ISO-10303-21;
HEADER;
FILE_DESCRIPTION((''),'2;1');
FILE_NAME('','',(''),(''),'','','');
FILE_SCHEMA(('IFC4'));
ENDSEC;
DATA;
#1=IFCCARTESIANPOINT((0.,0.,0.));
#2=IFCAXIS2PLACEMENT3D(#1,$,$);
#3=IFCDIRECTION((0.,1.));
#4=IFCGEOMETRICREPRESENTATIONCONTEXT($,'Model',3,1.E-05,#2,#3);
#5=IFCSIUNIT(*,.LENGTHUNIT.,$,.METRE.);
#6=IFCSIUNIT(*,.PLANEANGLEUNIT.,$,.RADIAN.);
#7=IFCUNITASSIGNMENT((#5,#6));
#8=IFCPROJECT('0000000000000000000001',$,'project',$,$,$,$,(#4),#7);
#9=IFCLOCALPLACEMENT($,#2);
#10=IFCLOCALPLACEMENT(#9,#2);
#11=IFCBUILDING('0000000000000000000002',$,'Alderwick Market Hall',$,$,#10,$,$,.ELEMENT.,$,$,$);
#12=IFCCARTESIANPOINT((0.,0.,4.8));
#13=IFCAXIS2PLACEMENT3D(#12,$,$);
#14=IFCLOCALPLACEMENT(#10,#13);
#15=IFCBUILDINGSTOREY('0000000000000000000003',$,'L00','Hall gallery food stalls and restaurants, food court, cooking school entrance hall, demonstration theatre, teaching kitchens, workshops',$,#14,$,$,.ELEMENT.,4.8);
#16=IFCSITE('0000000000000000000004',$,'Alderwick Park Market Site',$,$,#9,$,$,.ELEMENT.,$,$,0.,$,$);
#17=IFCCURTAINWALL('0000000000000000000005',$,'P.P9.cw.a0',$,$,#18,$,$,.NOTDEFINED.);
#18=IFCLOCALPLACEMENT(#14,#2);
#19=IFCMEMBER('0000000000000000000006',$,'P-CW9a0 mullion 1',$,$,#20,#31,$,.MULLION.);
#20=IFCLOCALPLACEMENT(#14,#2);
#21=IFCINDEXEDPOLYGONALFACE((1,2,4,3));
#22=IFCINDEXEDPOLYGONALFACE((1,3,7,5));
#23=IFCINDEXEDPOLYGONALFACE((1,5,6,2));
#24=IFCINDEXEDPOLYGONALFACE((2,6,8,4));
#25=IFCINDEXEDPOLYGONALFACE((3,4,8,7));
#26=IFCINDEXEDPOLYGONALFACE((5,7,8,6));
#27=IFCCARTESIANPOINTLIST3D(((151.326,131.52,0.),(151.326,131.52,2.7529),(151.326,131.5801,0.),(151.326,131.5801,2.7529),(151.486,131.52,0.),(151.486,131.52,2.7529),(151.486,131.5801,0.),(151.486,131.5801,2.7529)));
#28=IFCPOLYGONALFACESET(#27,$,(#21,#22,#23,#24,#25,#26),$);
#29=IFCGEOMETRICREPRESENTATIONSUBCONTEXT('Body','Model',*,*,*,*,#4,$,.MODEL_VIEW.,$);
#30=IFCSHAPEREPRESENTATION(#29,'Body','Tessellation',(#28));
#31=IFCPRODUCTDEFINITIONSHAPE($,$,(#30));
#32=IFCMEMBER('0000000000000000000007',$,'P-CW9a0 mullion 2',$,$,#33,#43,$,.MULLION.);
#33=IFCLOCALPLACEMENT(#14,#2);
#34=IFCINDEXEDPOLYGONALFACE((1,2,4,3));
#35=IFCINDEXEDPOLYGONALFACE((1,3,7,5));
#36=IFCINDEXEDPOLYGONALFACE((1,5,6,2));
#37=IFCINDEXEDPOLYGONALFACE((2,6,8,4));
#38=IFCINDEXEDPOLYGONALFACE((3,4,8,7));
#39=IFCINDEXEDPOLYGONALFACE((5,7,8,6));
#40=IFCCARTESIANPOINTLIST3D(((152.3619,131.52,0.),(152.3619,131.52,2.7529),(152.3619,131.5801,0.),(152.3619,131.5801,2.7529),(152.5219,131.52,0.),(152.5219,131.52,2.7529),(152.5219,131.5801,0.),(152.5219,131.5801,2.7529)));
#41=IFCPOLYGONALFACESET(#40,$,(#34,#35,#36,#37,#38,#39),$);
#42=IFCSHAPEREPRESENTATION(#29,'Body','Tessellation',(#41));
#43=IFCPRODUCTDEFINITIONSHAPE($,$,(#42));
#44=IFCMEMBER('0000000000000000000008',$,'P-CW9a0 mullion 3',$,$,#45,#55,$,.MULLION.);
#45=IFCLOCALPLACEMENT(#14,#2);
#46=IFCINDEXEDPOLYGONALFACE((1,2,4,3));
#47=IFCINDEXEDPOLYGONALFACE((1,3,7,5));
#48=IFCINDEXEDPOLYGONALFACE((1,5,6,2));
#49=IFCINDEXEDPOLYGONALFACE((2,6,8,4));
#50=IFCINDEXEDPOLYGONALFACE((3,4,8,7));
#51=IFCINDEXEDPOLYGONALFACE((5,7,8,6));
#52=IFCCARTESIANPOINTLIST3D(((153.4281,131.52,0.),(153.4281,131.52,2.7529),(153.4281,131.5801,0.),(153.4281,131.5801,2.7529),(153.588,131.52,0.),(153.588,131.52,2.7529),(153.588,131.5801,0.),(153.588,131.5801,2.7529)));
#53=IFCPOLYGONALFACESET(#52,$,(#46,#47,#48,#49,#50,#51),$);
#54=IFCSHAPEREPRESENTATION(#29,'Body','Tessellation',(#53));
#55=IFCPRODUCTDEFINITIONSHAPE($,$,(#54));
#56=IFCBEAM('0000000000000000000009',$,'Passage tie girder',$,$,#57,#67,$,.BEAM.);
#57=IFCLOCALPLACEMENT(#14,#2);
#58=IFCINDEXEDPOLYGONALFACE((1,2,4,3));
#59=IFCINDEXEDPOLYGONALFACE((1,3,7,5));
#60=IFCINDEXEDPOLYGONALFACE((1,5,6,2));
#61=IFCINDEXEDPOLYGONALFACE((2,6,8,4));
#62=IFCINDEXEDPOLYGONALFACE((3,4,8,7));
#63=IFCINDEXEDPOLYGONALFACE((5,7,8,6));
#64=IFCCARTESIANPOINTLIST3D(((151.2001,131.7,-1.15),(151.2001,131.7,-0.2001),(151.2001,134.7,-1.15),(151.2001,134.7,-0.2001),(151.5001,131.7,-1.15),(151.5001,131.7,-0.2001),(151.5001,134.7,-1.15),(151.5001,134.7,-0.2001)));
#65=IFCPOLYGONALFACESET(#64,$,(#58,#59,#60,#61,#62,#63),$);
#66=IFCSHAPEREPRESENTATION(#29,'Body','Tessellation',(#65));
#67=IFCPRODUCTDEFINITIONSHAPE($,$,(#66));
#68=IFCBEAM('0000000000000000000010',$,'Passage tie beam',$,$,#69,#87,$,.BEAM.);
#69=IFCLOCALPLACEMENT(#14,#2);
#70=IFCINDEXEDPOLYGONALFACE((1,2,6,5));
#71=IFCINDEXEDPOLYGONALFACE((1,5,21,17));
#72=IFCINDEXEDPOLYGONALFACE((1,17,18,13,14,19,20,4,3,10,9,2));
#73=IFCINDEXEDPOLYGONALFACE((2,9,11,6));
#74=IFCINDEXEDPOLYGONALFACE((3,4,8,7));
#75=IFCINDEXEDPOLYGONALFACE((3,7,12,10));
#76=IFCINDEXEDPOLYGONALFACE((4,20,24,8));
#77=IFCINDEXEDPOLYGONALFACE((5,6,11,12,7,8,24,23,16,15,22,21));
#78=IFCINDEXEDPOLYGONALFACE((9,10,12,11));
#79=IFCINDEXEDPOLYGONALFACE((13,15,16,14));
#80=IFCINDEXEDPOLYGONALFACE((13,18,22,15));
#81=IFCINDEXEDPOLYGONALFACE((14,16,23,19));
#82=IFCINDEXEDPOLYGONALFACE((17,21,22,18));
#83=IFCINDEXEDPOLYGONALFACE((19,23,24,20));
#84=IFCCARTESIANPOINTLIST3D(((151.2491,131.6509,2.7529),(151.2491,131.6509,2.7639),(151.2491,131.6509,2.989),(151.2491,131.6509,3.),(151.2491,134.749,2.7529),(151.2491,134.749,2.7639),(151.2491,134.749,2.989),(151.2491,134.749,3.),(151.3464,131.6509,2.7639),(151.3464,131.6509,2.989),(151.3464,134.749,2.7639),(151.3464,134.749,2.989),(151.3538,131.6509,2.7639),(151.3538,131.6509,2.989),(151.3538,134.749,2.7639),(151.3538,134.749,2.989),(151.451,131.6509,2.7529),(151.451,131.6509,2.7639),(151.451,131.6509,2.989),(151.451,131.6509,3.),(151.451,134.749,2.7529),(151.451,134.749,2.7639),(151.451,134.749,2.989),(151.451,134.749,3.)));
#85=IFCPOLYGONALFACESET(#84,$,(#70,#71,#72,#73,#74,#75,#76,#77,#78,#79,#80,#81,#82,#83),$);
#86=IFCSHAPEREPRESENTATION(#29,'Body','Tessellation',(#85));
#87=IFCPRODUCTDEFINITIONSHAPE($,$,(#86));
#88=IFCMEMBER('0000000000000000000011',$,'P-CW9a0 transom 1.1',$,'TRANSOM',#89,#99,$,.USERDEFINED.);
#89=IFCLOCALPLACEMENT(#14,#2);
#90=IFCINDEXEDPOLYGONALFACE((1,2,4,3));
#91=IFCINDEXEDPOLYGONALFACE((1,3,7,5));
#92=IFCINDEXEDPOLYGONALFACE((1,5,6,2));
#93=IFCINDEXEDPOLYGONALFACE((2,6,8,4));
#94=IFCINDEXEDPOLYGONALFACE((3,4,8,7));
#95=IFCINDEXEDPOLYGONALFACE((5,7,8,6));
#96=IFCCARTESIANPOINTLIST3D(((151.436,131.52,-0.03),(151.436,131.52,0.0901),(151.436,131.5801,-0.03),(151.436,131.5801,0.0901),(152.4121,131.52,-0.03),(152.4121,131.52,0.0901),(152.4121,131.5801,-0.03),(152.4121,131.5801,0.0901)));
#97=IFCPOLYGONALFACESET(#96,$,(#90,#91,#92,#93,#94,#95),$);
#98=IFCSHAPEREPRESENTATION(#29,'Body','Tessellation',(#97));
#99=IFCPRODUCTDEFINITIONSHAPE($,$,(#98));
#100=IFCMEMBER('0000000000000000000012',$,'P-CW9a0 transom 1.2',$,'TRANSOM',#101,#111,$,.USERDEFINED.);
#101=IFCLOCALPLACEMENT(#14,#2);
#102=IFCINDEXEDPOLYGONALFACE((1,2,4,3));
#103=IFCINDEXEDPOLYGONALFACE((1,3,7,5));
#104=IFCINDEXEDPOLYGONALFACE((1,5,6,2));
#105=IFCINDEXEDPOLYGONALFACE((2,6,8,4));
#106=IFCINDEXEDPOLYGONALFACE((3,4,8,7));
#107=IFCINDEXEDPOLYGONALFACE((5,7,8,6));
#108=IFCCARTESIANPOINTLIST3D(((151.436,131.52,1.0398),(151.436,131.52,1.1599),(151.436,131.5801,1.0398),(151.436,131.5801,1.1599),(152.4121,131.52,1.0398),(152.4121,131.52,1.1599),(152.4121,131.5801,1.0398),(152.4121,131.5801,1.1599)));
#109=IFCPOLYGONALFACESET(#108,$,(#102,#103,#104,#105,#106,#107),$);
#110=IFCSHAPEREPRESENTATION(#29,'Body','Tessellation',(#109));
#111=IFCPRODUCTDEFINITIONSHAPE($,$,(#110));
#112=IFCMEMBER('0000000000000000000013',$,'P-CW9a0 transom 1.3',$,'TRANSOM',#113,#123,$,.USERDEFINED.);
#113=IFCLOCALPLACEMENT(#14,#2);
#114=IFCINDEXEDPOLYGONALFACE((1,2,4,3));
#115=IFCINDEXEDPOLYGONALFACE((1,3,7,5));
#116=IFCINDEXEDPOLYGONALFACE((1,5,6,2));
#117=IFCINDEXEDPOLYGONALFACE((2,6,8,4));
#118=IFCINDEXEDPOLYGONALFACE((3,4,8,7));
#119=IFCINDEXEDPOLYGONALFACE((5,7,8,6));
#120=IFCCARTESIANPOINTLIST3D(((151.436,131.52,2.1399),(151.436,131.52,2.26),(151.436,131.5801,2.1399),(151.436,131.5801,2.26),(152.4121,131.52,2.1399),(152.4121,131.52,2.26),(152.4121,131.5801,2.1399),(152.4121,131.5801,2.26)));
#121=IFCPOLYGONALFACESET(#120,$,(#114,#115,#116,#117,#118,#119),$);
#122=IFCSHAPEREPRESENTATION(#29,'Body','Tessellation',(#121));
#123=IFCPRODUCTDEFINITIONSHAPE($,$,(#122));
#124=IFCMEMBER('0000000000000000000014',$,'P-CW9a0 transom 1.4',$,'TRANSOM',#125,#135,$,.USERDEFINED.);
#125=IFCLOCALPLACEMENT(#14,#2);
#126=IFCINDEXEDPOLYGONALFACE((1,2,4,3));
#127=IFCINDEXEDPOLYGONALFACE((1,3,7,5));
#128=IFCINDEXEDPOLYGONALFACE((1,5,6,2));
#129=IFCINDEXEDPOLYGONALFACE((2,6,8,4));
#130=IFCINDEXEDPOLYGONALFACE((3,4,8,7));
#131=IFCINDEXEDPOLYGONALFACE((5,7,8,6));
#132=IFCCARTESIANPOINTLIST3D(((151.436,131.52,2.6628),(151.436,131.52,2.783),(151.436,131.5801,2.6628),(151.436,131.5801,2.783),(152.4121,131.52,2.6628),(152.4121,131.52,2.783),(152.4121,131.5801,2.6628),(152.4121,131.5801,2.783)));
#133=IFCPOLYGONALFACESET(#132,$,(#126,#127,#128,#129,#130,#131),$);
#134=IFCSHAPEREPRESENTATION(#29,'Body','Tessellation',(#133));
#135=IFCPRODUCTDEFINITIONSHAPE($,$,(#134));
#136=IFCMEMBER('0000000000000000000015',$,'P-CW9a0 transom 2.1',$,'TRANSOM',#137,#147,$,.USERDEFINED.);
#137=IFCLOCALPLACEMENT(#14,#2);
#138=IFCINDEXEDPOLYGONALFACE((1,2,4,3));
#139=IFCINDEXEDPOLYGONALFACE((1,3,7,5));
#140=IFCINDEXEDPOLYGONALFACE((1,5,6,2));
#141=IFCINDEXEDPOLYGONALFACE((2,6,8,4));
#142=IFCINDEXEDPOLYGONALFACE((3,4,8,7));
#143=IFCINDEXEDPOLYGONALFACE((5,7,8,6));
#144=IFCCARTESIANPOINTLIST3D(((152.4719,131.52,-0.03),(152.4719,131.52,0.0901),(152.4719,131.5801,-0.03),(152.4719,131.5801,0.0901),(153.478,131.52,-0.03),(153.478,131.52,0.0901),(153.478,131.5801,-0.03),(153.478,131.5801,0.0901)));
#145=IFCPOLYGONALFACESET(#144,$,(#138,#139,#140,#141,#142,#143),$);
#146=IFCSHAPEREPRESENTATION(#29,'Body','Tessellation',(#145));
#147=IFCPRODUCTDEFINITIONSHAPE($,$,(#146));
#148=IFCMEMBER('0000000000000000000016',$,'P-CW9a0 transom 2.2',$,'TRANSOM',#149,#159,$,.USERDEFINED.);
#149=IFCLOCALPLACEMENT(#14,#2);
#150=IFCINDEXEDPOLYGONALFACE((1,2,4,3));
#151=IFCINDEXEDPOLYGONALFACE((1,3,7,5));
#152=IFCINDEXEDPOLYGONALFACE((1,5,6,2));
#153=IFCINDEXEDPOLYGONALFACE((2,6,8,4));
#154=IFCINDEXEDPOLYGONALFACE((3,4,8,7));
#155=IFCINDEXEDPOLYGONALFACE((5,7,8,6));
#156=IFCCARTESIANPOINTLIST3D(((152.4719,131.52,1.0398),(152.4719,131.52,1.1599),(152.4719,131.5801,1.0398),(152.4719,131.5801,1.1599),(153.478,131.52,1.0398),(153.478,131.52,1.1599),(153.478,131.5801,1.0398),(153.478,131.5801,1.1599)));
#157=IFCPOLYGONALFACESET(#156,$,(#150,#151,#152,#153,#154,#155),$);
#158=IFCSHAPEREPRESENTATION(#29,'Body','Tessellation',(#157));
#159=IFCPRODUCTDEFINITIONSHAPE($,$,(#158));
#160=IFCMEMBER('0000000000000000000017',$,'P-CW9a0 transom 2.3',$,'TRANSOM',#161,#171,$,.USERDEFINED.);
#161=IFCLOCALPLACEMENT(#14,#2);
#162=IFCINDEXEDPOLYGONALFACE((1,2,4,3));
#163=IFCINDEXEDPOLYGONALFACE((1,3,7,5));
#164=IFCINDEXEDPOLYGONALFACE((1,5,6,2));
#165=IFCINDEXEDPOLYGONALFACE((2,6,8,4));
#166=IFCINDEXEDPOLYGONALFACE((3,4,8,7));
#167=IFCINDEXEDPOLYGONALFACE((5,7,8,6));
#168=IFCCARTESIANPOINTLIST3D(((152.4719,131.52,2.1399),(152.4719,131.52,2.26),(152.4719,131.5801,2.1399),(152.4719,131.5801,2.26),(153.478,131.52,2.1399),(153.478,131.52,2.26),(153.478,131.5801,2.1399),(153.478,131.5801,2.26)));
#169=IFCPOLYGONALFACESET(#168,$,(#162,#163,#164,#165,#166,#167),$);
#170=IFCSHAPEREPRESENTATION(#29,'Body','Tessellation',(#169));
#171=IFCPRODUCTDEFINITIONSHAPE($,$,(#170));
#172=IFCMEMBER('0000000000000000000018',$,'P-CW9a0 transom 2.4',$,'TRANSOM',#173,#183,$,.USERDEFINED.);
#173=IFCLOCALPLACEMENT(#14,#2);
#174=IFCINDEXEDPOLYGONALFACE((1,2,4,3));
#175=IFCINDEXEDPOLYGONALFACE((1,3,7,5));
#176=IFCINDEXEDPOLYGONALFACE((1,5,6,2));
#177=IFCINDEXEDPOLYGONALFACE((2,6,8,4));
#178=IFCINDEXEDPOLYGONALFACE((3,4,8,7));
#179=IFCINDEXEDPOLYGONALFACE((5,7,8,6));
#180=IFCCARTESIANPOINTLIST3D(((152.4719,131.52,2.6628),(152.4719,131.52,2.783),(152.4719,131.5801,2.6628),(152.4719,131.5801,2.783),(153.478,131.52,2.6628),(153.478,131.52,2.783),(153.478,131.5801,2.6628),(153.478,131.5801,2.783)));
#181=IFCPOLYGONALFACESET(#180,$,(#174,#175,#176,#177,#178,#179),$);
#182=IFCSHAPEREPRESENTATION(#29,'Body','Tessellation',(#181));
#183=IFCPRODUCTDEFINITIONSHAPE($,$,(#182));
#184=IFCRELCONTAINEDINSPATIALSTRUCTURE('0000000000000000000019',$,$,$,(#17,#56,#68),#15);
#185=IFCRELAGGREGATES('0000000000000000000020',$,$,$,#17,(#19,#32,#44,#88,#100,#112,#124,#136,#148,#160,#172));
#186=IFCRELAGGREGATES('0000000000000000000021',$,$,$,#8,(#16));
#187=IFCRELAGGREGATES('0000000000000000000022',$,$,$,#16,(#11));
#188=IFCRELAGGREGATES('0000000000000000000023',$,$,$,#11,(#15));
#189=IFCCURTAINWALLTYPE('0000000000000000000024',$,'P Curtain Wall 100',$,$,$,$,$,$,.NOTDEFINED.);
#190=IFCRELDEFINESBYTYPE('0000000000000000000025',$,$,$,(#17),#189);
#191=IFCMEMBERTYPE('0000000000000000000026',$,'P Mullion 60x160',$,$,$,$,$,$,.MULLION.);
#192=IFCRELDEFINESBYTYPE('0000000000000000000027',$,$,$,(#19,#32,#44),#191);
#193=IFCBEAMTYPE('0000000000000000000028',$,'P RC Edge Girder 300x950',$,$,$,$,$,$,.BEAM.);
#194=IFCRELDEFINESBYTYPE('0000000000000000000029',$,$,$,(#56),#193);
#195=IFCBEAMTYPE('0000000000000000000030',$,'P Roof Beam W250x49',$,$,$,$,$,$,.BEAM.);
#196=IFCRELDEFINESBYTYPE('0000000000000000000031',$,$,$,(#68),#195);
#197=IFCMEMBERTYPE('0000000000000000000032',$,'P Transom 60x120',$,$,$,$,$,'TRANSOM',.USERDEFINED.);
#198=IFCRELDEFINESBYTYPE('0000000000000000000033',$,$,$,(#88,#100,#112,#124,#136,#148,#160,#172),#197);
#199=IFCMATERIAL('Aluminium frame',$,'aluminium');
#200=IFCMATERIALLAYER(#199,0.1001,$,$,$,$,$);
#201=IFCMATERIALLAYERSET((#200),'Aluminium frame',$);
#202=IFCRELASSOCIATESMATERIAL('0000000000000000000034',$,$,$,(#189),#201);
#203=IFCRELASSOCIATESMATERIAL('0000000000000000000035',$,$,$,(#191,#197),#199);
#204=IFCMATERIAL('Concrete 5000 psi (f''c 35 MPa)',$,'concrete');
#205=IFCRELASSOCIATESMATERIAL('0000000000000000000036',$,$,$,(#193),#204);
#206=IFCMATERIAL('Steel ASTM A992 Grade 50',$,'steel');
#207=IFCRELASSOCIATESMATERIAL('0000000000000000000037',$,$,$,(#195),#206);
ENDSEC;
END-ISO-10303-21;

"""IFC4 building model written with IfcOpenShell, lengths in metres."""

from ifc_helpers import new_model, si_unit, direction, frame, origin, origin_2d, place, context, subcontext, project, spatial, rectangle, i_section, extrude, material, layer, layer_set, material_profile, profile_set, type_object, element, aggregate, save


model = new_model("IFC4")

# Units and contexts
model_context = context("Model", 3, precision=1e-05, world=origin(), true_north=direction((0.0, 1.0)))
body_context = subcontext(model_context, "Body", "Model", "MODEL_VIEW")
ifc_project = project(units=[si_unit("LENGTHUNIT", "METRE"), si_unit("PLANEANGLEUNIT", "RADIAN")], contexts=[model_context])

# Site, building, storey
site_placement = place(None, origin())
site = spatial("IfcSite", under=ifc_project, at=site_placement, Name="Alderwick Park Market Site", CompositionType="ELEMENT", RefElevation=0.0)
building_placement = place(site_placement, origin())
building = spatial("IfcBuilding", under=site, at=building_placement, Name="Alderwick Market Hall", CompositionType="ELEMENT")
storey_placement = place(building_placement, frame((0.0, 0.0, 4.8)))
storey = spatial("IfcBuildingStorey", under=building, at=storey_placement, Name="L00", Description="Hall gallery food stalls and restaurants, food court, cooking school entrance hall, demonstration theatre, teaching kitchens, workshops", CompositionType="ELEMENT", Elevation=4.8)

# Curtain wall, members
ifc_material_1 = material(Name="Aluminium frame", Category="aluminium")
ifc_layer_1 = layer(ifc_material_1, 0.1001)
ifc_layer_set_1 = layer_set([ifc_layer_1], Name="Aluminium frame")
curtain_wall_type = type_object("IfcCurtainWallType", Name="P Curtain Wall 100", PredefinedType="NOTDEFINED", material=ifc_layer_set_1)
curtain_wall_placement = place(storey_placement, origin())
curtain_wall = element("IfcCurtainWall", 1, at=curtain_wall_placement, inside=storey, type_object=curtain_wall_type, Name="P.P9.cw.a0", PredefinedType="NOTDEFINED")
ifc_material_profile_1 = material_profile(ifc_material_1, rectangle(XDim=0.0601, YDim=0.1599, at=origin_2d()), Name="P Mullion 60x160")
ifc_profile_set_1 = profile_set([ifc_material_profile_1], Name="Aluminium frame")
member_type_1 = type_object("IfcMemberType", Name="P Mullion 60x160", PredefinedType="MULLION", material=ifc_profile_set_1)
member_1_placement = place(storey_placement, frame((151.406, 131.55, 0.0), z_axis=(0.0, 0.0, 1.0), x_axis=(0.0, 1.0, 0.0)))
member_1 = element("IfcMember", 2, at=member_1_placement, type_object=member_type_1, Name="P-CW9a0 mullion 1", PredefinedType="MULLION", context=body_context, shape_type="SweptSolid", body=[
    extrude(rectangle(XDim=0.0601, YDim=0.1599, at=origin_2d()), origin(), (0.0, 0.0, 1.0), 2.7529),
])
member_2_placement = place(storey_placement, frame((152.4419, 131.55, 0.0), z_axis=(0.0, 0.0, 1.0), x_axis=(0.0, 1.0, 0.0)))
member_2 = element("IfcMember", 3, at=member_2_placement, type_object=member_type_1, Name="P-CW9a0 mullion 2", PredefinedType="MULLION", context=body_context, shape_type="SweptSolid", body=[
    extrude(rectangle(XDim=0.0601, YDim=0.1599, at=origin_2d()), origin(), (0.0, 0.0, 1.0), 2.7529),
])
member_3_placement = place(storey_placement, frame((153.5081, 131.55, 0.0), z_axis=(0.0, 0.0, 1.0), x_axis=(0.0, 1.0, 0.0)))
member_3 = element("IfcMember", 4, at=member_3_placement, type_object=member_type_1, Name="P-CW9a0 mullion 3", PredefinedType="MULLION", context=body_context, shape_type="SweptSolid", body=[
    extrude(rectangle(XDim=0.0601, YDim=0.1599, at=origin_2d()), origin(), (0.0, 0.0, 1.0), 2.7529),
])

# Beams
ifc_material_2 = material(Name="Concrete 5000 psi (f'c 35 MPa)", Category="concrete")
ifc_material_profile_2 = material_profile(ifc_material_2, rectangle(XDim=0.3, YDim=0.95, at=origin_2d()), Name="P RC Edge Girder 300x950")
ifc_profile_set_2 = profile_set([ifc_material_profile_2], Name="Concrete 5000 psi (f'c 35 MPa)")
beam_type_1 = type_object("IfcBeamType", Name="P RC Edge Girder 300x950", PredefinedType="BEAM", material=ifc_profile_set_2)
beam_1_placement = place(storey_placement, frame((151.3501, 131.7, -0.675), z_axis=(0.0, 1.0, 0.0), x_axis=(-1.0, 0.0, 0.0)))
element("IfcBeam", 5, at=beam_1_placement, inside=storey, type_object=beam_type_1, Name="Passage tie girder", PredefinedType="BEAM", context=body_context, shape_type="SweptSolid", body=[
    extrude(rectangle(XDim=0.3, YDim=0.95, at=origin_2d()), origin(), (0.0, 0.0, 1.0), 3.0),
])
ifc_material_3 = material(Name="Steel ASTM A992 Grade 50", Category="steel")
ifc_material_profile_3 = material_profile(ifc_material_3, i_section(OverallWidth=0.2019, OverallDepth=0.2471, WebThickness=0.0073, FlangeThickness=0.011, at=origin_2d()), Name="W250x49")
ifc_profile_set_3 = profile_set([ifc_material_profile_3], Name="Steel ASTM A992 Grade 50")
beam_type_2 = type_object("IfcBeamType", Name="P Roof Beam W250x49", PredefinedType="BEAM", material=ifc_profile_set_3)
beam_2_placement = place(storey_placement, frame((151.3501, 131.6509, 2.8765), z_axis=(0.0, 1.0, 0.0), x_axis=(-1.0, 0.0, 0.0)))
element("IfcBeam", 6, at=beam_2_placement, inside=storey, type_object=beam_type_2, Name="Passage tie beam", PredefinedType="BEAM", context=body_context, shape_type="SweptSolid", body=[
    extrude(i_section(OverallWidth=0.2019, OverallDepth=0.2471, WebThickness=0.0073, FlangeThickness=0.011, at=origin_2d()), origin(), (0.0, 0.0, 1.0), 3.0981),
])

# Members
ifc_material_profile_4 = material_profile(ifc_material_1, rectangle(XDim=0.0601, YDim=0.1201, at=origin_2d()), Name="P Transom 60x120")
ifc_profile_set_4 = profile_set([ifc_material_profile_4], Name="Aluminium frame")
member_type_2 = type_object("IfcMemberType", Name="P Transom 60x120", ElementType="TRANSOM", PredefinedType="USERDEFINED", material=ifc_profile_set_4)
member_4_placement = place(storey_placement, frame((151.436, 131.55, 0.03), z_axis=(1.0, 0.0, 0.0), x_axis=(0.0, 1.0, 0.0)))
member_4 = element("IfcMember", 7, at=member_4_placement, type_object=member_type_2, Name="P-CW9a0 transom 1.1", ObjectType="TRANSOM", PredefinedType="USERDEFINED", context=body_context, shape_type="SweptSolid", body=[
    extrude(rectangle(XDim=0.0601, YDim=0.1201, at=origin_2d()), origin(), (0.0, 0.0, 1.0), 0.9761),
])
member_5_placement = place(storey_placement, frame((151.436, 131.55, 1.0999), z_axis=(1.0, 0.0, 0.0), x_axis=(0.0, 1.0, 0.0)))
member_5 = element("IfcMember", 8, at=member_5_placement, type_object=member_type_2, Name="P-CW9a0 transom 1.2", ObjectType="TRANSOM", PredefinedType="USERDEFINED", context=body_context, shape_type="SweptSolid", body=[
    extrude(rectangle(XDim=0.0601, YDim=0.1201, at=origin_2d()), origin(), (0.0, 0.0, 1.0), 0.9761),
])
member_6_placement = place(storey_placement, frame((151.436, 131.55, 2.2), z_axis=(1.0, 0.0, 0.0), x_axis=(0.0, 1.0, 0.0)))
member_6 = element("IfcMember", 9, at=member_6_placement, type_object=member_type_2, Name="P-CW9a0 transom 1.3", ObjectType="TRANSOM", PredefinedType="USERDEFINED", context=body_context, shape_type="SweptSolid", body=[
    extrude(rectangle(XDim=0.0601, YDim=0.1201, at=origin_2d()), origin(), (0.0, 0.0, 1.0), 0.9761),
])
member_7_placement = place(storey_placement, frame((151.436, 131.55, 2.7229), z_axis=(1.0, 0.0, 0.0), x_axis=(0.0, 1.0, 0.0)))
member_7 = element("IfcMember", 10, at=member_7_placement, type_object=member_type_2, Name="P-CW9a0 transom 1.4", ObjectType="TRANSOM", PredefinedType="USERDEFINED", context=body_context, shape_type="SweptSolid", body=[
    extrude(rectangle(XDim=0.0601, YDim=0.1201, at=origin_2d()), origin(), (0.0, 0.0, 1.0), 0.9761),
])
member_8_placement = place(storey_placement, frame((152.4719, 131.55, 0.03), z_axis=(1.0, 0.0, 0.0), x_axis=(0.0, 1.0, 0.0)))
member_8 = element("IfcMember", 11, at=member_8_placement, type_object=member_type_2, Name="P-CW9a0 transom 2.1", ObjectType="TRANSOM", PredefinedType="USERDEFINED", context=body_context, shape_type="SweptSolid", body=[
    extrude(rectangle(XDim=0.0601, YDim=0.1201, at=origin_2d()), origin(), (0.0, 0.0, 1.0), 1.0061),
])
member_9_placement = place(storey_placement, frame((152.4719, 131.55, 1.0999), z_axis=(1.0, 0.0, 0.0), x_axis=(0.0, 1.0, 0.0)))
member_9 = element("IfcMember", 12, at=member_9_placement, type_object=member_type_2, Name="P-CW9a0 transom 2.2", ObjectType="TRANSOM", PredefinedType="USERDEFINED", context=body_context, shape_type="SweptSolid", body=[
    extrude(rectangle(XDim=0.0601, YDim=0.1201, at=origin_2d()), origin(), (0.0, 0.0, 1.0), 1.0061),
])
member_10_placement = place(storey_placement, frame((152.4719, 131.55, 2.2), z_axis=(1.0, 0.0, 0.0), x_axis=(0.0, 1.0, 0.0)))
member_10 = element("IfcMember", 13, at=member_10_placement, type_object=member_type_2, Name="P-CW9a0 transom 2.3", ObjectType="TRANSOM", PredefinedType="USERDEFINED", context=body_context, shape_type="SweptSolid", body=[
    extrude(rectangle(XDim=0.0601, YDim=0.1201, at=origin_2d()), origin(), (0.0, 0.0, 1.0), 1.0061),
])
member_11_placement = place(storey_placement, frame((152.4719, 131.55, 2.7229), z_axis=(1.0, 0.0, 0.0), x_axis=(0.0, 1.0, 0.0)))
member_11 = element("IfcMember", 14, at=member_11_placement, type_object=member_type_2, Name="P-CW9a0 transom 2.4", ObjectType="TRANSOM", PredefinedType="USERDEFINED", context=body_context, shape_type="SweptSolid", body=[
    extrude(rectangle(XDim=0.0601, YDim=0.1201, at=origin_2d()), origin(), (0.0, 0.0, 1.0), 1.0061),
])

aggregate(curtain_wall, [member_1, member_2, member_3, member_4, member_5, member_6, member_7, member_8, member_9, member_10, member_11])

save(model, "model.ifc")
